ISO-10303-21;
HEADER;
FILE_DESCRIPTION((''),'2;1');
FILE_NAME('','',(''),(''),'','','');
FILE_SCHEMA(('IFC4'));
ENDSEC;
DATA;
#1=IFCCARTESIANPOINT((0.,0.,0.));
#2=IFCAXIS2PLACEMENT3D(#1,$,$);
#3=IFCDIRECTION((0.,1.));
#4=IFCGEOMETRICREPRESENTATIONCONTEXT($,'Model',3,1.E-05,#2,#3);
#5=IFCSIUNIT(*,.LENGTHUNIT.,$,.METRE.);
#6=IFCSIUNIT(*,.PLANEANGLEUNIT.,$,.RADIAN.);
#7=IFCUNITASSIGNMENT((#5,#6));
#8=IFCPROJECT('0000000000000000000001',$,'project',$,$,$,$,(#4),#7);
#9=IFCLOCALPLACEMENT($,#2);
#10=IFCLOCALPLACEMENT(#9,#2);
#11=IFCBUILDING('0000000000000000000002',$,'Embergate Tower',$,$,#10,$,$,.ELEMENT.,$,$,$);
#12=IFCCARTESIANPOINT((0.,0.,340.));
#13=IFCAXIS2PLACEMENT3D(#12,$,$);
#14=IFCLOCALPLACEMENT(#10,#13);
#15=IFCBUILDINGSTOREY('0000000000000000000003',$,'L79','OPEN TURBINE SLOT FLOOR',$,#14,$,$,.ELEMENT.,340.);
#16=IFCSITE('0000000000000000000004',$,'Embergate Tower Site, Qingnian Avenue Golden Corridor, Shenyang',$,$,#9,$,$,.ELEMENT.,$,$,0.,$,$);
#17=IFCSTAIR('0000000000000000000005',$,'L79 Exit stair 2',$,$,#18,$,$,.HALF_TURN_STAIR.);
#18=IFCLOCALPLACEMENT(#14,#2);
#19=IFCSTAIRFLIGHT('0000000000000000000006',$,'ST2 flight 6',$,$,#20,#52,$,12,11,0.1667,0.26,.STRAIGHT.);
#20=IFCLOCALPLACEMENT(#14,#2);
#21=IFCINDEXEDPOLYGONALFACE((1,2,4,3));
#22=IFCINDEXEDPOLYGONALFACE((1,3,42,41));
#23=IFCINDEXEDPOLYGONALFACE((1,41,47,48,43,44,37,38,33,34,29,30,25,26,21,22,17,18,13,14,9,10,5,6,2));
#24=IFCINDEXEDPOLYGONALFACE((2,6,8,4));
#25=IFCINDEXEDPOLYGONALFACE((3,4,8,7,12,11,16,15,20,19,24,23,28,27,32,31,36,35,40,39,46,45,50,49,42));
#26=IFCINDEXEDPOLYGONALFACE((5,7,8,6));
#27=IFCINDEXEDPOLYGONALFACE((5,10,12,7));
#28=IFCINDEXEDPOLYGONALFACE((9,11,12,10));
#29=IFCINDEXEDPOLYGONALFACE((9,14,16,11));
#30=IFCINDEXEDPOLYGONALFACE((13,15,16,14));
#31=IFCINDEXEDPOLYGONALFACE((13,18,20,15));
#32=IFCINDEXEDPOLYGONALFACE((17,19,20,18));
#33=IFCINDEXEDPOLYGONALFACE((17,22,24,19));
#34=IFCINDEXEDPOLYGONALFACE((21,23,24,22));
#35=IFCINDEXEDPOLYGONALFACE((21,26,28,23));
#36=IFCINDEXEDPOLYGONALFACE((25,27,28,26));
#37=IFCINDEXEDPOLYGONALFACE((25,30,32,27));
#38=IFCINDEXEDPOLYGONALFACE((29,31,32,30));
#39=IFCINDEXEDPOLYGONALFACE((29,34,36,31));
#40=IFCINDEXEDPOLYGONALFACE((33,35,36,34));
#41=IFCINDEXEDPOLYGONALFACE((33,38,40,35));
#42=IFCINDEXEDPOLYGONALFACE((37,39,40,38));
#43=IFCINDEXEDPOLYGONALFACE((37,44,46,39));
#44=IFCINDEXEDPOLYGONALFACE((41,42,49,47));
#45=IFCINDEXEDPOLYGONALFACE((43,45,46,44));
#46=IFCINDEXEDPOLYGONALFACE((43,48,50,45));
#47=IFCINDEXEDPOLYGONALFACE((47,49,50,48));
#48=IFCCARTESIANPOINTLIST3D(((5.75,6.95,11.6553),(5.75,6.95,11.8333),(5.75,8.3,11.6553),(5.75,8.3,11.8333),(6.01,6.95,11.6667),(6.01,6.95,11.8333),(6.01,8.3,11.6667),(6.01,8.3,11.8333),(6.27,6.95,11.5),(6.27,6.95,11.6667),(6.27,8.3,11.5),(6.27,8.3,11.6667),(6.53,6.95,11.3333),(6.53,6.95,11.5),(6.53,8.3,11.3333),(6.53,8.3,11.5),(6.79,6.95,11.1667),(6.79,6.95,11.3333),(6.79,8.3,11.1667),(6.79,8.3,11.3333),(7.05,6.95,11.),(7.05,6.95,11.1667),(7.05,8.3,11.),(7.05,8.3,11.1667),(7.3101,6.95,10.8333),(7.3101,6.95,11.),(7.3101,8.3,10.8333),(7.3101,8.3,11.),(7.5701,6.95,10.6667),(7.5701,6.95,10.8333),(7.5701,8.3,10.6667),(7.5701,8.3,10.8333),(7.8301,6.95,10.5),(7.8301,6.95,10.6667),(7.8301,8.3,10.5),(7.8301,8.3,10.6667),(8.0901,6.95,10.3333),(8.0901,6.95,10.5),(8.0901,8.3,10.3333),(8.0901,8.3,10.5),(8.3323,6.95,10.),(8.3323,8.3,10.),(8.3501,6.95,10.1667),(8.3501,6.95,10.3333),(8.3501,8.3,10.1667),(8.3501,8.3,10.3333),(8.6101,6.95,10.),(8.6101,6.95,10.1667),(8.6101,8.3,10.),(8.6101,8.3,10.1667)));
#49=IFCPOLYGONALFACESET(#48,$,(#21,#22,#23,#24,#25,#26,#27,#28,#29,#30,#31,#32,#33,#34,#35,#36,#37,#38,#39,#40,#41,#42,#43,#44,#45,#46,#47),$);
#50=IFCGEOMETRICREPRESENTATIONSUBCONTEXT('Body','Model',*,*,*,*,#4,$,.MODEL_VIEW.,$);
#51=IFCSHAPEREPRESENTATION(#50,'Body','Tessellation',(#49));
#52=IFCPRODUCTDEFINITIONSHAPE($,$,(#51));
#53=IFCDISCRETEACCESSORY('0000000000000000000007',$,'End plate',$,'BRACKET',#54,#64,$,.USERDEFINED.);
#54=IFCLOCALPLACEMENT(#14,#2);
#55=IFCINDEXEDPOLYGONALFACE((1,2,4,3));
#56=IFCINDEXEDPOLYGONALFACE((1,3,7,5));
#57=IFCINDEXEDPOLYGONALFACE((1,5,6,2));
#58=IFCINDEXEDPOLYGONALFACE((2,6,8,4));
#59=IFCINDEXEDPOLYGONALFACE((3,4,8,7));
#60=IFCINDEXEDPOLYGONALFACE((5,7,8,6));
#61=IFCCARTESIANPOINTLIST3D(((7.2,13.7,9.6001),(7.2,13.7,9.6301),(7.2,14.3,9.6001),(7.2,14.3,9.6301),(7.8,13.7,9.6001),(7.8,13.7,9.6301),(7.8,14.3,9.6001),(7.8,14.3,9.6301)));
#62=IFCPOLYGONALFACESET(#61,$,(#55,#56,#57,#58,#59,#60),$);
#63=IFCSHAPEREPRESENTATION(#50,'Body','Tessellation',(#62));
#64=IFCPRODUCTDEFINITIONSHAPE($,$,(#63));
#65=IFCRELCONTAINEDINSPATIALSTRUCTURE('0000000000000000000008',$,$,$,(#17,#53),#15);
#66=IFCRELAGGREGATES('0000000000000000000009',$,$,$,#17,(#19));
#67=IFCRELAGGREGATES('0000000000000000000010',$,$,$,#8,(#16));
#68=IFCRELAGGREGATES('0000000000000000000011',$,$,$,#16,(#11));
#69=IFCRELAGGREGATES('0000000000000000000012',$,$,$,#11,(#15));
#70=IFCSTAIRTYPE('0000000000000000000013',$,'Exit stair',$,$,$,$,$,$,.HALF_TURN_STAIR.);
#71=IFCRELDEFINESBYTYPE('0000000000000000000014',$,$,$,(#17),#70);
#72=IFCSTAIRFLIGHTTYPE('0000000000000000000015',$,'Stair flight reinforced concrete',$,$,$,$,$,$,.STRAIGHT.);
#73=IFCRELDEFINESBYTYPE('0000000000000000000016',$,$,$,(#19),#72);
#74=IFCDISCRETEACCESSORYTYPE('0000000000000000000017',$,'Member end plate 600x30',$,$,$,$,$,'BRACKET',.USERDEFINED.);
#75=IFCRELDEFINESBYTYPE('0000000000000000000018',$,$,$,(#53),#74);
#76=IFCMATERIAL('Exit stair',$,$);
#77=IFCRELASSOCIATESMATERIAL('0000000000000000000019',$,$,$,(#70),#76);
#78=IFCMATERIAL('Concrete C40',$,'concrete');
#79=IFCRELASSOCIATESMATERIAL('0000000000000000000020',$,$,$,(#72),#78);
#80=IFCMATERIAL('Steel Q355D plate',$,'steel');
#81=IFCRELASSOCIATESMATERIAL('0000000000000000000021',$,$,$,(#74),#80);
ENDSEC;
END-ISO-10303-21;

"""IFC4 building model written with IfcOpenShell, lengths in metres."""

from ifc_helpers import new_model, si_unit, direction, frame, origin, origin_2d, place, context, subcontext, project, spatial, polyline, rectangle, outline, extrude, source, transform, mapped, material, type_object, element, aggregate, save


model = new_model("IFC4")

# Units and contexts
model_context = context("Model", 3, precision=1e-05, world=origin(), true_north=direction((0.0, 1.0)))
body_context = subcontext(model_context, "Body", "Model", "MODEL_VIEW")
ifc_project = project(units=[si_unit("LENGTHUNIT", "METRE"), si_unit("PLANEANGLEUNIT", "RADIAN")], contexts=[model_context])

# Site, building, storey
site_placement = place(None, origin())
site = spatial("IfcSite", under=ifc_project, at=site_placement, Name="Embergate Tower Site, Qingnian Avenue Golden Corridor, Shenyang", CompositionType="ELEMENT", RefElevation=0.0)
building_placement = place(site_placement, origin())
building = spatial("IfcBuilding", under=site, at=building_placement, Name="Embergate Tower", CompositionType="ELEMENT")
storey_placement = place(building_placement, frame((0.0, 0.0, 340.0)))
storey = spatial("IfcBuildingStorey", under=building, at=storey_placement, Name="L79", Description="OPEN TURBINE SLOT FLOOR", CompositionType="ELEMENT", Elevation=340.0)

# Stair, stair flight
ifc_material_1 = material(Name="Exit stair")
stair_type = type_object("IfcStairType", Name="Exit stair", PredefinedType="HALF_TURN_STAIR", material=ifc_material_1)
stair_placement = place(storey_placement, origin())
stair = element("IfcStair", 1, at=stair_placement, inside=storey, type_object=stair_type, Name="L79 Exit stair 2", PredefinedType="HALF_TURN_STAIR")
ifc_material_2 = material(Name="Concrete C40", Category="concrete")
stair_flight_type = type_object("IfcStairFlightType", Name="Stair flight reinforced concrete", PredefinedType="STRAIGHT", material=ifc_material_2)
shared_shape_1 = source(origin(), body_context, "Body", "SweptSolid", [
    extrude(outline(polyline([(0.0, 0.0), (0.0, 0.1667), (0.26, 0.1667), (0.26, 0.3333), (0.52, 0.3333), (0.52, 0.5), (0.78, 0.5), (0.78, 0.6667), (1.04, 0.6667), (1.04, 0.8333), (1.3, 0.8333), (1.3, 1.0), (1.5601, 1.0), (1.5601, 1.1667), (1.8201, 1.1667), (1.8201, 1.3333), (2.0801, 1.3333), (2.0801, 1.5), (2.3401, 1.5), (2.3401, 1.6667), (2.6001, 1.6667), (2.6001, 1.8333), (2.8601, 1.8333), (2.8601, 2.0), (2.8601, 1.6553), (0.2778, 0.0), (0.0, 0.0)])), frame((0.0, 0.675, 0.0), z_axis=(0.0, -1.0, 0.0), x_axis=(1.0, 0.0, 0.0)), (0.0, 0.0, 1.0), 1.3501),
])
stair_flight_1_placement = place(storey_placement, frame((8.6101, 7.625, 10.0), z_axis=(0.0, 0.0, 1.0), x_axis=(-1.0, 0.0, 0.0)))
stair_flight_1 = element("IfcStairFlight", 2, at=stair_flight_1_placement, type_object=stair_flight_type, Name="ST2 flight 6", NumberOfRisers=12, NumberOfTreads=11, PredefinedType="STRAIGHT", RiserHeight=0.1667, TreadLength=0.26, context=body_context, shape_type="MappedRepresentation", body=[
    mapped(shared_shape_1, transform((0.0, 0.0, 0.0))),
])
aggregate(stair, [stair_flight_1])

# Discrete accessory
ifc_material_3 = material(Name="Steel Q355D plate", Category="steel")
discrete_accessory_type = type_object("IfcDiscreteAccessoryType", Name="Member end plate 600x30", ElementType="BRACKET", PredefinedType="USERDEFINED", material=ifc_material_3)
shared_shape_2 = source(origin(), body_context, "Body", "SweptSolid", [
    extrude(rectangle(XDim=0.6001, YDim=0.6001, at=origin_2d()), origin(), (0.0, 0.0, 1.0), 0.03),
])
discrete_accessory_placement = place(storey_placement, frame((7.5, 14.0, 9.6001), z_axis=(0.0, 0.0, 1.0), x_axis=(1.0, 0.0, 0.0)))
element("IfcDiscreteAccessory", 3, at=discrete_accessory_placement, inside=storey, type_object=discrete_accessory_type, Name="End plate", ObjectType="BRACKET", PredefinedType="USERDEFINED", context=body_context, shape_type="MappedRepresentation", body=[
    mapped(shared_shape_2, transform((0.0, 0.0, 0.0))),
])

save(model, "model.ifc")
